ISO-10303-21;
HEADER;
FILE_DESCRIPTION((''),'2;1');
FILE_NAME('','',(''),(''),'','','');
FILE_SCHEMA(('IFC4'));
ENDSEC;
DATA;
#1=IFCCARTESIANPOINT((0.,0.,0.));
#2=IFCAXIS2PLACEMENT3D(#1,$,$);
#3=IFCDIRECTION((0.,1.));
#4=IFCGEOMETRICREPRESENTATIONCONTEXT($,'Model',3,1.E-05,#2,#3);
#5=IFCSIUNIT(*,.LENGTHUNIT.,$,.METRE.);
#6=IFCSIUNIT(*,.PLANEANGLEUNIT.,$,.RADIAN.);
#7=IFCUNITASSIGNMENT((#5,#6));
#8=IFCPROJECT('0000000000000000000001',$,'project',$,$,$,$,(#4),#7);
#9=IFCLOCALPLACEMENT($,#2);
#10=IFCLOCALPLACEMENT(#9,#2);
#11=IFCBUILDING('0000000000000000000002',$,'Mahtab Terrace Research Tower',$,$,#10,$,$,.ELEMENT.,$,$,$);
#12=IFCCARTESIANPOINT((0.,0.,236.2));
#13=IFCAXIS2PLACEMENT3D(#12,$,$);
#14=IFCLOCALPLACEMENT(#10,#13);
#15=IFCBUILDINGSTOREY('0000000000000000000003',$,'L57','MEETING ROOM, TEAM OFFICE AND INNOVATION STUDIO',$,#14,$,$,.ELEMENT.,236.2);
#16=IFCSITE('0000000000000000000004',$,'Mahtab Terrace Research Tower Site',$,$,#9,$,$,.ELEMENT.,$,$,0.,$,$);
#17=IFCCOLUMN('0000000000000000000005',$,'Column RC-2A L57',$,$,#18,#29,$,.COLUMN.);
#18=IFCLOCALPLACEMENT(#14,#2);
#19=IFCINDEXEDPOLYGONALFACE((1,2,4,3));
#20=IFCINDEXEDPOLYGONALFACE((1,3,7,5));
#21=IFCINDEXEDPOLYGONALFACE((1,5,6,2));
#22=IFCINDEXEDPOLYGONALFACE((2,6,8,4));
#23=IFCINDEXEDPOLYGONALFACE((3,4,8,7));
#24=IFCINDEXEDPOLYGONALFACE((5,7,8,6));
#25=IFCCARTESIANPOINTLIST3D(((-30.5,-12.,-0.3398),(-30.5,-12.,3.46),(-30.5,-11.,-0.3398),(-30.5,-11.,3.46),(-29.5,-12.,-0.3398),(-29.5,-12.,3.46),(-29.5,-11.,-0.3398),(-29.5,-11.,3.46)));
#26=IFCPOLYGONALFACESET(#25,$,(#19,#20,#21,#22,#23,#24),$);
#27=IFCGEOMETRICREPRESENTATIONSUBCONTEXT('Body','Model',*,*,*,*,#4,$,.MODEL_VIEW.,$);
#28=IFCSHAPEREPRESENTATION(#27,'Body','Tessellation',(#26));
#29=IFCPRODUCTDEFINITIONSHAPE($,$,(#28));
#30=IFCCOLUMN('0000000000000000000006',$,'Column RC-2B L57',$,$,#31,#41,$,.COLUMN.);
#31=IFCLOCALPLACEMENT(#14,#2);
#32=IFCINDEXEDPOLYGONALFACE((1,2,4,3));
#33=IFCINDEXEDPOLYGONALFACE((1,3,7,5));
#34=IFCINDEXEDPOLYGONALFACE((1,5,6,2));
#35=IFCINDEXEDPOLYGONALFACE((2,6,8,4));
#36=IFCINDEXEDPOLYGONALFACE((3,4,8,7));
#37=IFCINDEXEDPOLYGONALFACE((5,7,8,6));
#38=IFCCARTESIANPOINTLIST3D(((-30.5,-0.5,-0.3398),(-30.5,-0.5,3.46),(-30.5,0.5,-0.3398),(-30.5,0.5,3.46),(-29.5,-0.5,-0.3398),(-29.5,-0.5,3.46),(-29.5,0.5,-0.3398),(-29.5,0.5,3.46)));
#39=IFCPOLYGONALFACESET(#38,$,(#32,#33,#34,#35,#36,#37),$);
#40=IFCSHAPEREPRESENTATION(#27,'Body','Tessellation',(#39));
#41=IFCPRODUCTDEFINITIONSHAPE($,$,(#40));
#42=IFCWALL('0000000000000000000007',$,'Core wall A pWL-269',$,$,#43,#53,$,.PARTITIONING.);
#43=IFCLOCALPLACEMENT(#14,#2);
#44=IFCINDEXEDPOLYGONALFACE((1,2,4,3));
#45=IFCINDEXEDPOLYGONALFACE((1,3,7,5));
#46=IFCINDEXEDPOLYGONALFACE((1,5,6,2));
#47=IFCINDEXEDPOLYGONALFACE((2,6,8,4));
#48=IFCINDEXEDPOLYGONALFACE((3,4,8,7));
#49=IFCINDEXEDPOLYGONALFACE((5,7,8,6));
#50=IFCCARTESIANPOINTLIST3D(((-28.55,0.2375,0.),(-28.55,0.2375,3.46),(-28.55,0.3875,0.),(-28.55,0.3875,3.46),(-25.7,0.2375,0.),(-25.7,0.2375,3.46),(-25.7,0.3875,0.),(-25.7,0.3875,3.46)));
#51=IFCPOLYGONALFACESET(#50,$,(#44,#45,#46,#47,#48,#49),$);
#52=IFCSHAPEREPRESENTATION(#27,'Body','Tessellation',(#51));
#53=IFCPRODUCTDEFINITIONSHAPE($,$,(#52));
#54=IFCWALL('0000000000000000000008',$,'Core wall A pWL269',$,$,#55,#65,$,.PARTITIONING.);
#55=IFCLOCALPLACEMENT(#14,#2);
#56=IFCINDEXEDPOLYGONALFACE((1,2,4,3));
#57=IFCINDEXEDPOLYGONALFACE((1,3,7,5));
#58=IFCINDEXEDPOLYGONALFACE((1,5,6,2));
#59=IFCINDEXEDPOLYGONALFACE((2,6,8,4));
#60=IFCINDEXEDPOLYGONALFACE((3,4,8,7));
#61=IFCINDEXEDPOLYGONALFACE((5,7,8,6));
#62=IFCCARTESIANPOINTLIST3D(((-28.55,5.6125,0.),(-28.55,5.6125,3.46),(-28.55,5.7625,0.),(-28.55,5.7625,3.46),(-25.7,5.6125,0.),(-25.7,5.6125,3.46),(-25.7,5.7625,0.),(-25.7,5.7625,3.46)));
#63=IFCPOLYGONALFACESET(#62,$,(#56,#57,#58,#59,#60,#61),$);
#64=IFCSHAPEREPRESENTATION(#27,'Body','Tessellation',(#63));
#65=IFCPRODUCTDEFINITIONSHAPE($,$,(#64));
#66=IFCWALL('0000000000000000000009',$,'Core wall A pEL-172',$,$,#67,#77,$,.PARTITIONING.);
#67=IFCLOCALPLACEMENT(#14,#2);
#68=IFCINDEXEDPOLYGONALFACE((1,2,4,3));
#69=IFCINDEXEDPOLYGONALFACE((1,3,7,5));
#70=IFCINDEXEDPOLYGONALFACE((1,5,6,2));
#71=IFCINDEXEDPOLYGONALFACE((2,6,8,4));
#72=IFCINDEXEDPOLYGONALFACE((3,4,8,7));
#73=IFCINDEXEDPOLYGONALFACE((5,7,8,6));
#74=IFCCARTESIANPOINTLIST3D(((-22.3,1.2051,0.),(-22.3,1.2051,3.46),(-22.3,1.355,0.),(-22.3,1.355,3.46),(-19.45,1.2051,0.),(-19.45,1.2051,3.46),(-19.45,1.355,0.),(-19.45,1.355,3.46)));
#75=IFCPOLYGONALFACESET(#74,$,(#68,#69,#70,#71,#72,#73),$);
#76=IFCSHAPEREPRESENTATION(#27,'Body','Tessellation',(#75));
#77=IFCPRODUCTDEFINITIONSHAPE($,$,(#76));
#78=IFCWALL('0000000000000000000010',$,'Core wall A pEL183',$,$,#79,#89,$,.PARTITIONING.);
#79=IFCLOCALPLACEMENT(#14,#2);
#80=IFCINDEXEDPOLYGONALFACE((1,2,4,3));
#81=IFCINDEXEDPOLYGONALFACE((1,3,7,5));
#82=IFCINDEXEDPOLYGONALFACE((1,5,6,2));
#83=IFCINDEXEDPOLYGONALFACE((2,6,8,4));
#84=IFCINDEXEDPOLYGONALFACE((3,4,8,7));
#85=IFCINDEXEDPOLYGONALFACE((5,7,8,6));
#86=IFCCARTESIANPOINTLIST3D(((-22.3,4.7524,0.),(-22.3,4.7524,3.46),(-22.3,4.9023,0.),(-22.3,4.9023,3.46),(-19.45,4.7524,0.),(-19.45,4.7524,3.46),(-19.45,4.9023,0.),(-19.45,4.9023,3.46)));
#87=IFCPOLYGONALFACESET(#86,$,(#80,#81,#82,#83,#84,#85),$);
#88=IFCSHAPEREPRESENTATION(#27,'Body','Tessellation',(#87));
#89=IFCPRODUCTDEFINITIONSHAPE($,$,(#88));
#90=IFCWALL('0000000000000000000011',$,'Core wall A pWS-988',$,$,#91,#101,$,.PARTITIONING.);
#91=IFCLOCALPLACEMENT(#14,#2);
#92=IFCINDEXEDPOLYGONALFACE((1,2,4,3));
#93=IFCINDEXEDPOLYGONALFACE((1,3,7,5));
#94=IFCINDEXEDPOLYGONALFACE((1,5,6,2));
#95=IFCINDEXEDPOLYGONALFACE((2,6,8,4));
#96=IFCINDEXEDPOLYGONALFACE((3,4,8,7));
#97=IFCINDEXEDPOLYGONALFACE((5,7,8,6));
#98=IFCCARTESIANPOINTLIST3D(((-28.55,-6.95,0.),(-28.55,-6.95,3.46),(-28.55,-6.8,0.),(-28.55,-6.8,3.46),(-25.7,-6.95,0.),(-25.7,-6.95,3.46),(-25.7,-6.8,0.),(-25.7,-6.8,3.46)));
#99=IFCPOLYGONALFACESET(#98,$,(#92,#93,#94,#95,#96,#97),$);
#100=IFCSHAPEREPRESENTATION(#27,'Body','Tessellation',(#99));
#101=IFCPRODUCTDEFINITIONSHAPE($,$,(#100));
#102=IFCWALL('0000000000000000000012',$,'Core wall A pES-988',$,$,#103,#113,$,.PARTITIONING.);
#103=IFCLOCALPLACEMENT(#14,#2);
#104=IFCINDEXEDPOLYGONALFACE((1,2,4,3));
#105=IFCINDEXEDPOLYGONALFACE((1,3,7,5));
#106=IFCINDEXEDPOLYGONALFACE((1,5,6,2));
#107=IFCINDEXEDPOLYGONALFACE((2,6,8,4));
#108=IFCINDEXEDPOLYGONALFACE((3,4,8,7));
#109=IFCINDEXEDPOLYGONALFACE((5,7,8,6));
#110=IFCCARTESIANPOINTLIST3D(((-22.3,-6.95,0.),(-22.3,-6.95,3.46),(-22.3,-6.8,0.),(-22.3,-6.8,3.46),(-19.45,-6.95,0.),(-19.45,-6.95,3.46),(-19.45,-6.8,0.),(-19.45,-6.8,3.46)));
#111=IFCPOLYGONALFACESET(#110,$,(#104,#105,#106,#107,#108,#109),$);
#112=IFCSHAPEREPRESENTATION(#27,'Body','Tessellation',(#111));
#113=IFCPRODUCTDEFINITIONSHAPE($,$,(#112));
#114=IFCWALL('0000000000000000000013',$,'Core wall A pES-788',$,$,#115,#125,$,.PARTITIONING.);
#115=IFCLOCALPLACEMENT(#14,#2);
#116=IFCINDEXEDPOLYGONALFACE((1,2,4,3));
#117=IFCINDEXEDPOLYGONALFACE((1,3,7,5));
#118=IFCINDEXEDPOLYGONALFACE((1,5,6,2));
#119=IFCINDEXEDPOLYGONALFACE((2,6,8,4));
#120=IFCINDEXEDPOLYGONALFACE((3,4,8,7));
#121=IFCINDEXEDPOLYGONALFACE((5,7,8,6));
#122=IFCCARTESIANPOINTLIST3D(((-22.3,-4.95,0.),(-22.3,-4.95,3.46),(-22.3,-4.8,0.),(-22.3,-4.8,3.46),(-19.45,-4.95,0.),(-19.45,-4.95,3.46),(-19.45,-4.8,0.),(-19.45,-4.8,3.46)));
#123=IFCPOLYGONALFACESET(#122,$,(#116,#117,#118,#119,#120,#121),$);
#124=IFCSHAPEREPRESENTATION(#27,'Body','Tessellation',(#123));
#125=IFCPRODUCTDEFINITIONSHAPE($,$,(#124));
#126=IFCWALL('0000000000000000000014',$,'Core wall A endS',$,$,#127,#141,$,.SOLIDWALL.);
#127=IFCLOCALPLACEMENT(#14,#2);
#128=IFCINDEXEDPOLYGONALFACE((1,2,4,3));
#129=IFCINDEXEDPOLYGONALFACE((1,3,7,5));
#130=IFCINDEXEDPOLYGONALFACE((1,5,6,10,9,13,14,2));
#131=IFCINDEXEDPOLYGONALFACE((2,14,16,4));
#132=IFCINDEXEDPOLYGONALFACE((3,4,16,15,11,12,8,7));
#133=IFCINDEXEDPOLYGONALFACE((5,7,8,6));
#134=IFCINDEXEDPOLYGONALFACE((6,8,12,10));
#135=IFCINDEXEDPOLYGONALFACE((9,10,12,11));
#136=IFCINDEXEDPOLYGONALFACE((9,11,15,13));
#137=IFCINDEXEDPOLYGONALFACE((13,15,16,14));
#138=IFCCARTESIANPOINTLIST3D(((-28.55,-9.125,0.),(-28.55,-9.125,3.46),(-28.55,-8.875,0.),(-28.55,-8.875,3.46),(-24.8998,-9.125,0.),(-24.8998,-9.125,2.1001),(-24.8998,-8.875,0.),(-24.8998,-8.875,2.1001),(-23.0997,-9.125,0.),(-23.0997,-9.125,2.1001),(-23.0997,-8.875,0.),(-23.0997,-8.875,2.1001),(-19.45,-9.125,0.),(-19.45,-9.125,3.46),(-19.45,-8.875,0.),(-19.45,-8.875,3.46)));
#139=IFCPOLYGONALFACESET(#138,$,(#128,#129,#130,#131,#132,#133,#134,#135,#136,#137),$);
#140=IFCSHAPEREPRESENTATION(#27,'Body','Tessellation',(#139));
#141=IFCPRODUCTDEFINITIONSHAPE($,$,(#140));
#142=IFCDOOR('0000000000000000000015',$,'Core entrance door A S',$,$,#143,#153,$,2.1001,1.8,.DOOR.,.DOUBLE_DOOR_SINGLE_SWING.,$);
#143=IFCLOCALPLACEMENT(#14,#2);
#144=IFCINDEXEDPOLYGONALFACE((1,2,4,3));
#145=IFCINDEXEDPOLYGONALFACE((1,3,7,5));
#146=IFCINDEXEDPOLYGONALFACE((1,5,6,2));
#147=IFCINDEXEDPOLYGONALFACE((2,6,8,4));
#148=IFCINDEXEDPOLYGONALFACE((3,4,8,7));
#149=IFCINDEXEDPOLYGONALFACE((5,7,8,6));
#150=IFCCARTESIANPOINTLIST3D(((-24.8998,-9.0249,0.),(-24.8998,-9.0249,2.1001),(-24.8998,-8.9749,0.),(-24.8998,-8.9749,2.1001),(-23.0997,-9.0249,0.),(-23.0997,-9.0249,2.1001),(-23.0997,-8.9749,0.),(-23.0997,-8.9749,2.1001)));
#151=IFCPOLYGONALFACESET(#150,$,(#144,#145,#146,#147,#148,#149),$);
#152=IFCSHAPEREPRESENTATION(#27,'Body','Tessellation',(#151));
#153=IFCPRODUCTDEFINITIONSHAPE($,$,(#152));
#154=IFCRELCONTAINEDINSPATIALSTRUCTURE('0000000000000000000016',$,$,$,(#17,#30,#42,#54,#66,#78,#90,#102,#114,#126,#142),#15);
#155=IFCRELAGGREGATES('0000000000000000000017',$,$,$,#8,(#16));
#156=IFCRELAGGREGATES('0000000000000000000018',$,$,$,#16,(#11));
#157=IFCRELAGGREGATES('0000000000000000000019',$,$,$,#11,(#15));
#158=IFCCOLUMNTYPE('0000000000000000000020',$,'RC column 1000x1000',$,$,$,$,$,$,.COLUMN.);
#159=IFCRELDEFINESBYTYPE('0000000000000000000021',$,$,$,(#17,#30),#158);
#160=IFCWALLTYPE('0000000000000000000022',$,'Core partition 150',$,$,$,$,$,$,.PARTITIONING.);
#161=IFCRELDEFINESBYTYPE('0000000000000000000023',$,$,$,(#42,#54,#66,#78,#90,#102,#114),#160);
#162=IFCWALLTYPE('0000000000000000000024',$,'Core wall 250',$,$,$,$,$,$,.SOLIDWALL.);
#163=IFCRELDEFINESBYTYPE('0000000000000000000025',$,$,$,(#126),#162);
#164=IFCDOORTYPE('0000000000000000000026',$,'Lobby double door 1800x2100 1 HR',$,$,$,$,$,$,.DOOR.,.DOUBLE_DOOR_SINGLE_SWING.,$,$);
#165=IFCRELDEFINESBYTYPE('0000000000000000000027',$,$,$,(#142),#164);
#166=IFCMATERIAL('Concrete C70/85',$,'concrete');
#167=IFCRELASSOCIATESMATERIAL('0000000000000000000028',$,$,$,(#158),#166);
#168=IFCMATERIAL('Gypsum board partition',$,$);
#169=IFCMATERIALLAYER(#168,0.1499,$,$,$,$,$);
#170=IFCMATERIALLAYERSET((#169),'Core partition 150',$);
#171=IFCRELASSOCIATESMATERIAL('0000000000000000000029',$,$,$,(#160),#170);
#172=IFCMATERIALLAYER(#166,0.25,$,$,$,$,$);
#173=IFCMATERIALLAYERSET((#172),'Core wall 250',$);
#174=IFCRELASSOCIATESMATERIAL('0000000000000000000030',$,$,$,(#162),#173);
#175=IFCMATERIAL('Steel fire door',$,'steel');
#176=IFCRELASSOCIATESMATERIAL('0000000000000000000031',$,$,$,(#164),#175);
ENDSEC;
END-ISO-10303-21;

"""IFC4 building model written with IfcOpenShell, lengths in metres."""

from ifc_helpers import new_model, si_unit, direction, frame, frame_2d, origin, origin_2d, place, context, subcontext, project, spatial, rectangle, extrude, material, layer, layer_set, material_profile, profile_set, type_object, element, fill, save


model = new_model("IFC4")

# Units and contexts
model_context = context("Model", 3, precision=1e-05, world=origin(), true_north=direction((0.0, 1.0)))
body_context = subcontext(model_context, "Body", "Model", "MODEL_VIEW")
ifc_project = project(units=[si_unit("LENGTHUNIT", "METRE"), si_unit("PLANEANGLEUNIT", "RADIAN")], contexts=[model_context])

# Site, building, storey
site_placement = place(None, origin())
site = spatial("IfcSite", under=ifc_project, at=site_placement, Name="Mahtab Terrace Research Tower Site", CompositionType="ELEMENT", RefElevation=0.0)
building_placement = place(site_placement, origin())
building = spatial("IfcBuilding", under=site, at=building_placement, Name="Mahtab Terrace Research Tower", CompositionType="ELEMENT")
storey_placement = place(building_placement, frame((0.0, 0.0, 236.2)))
storey = spatial("IfcBuildingStorey", under=building, at=storey_placement, Name="L57", Description="MEETING ROOM, TEAM OFFICE AND INNOVATION STUDIO", CompositionType="ELEMENT", Elevation=236.2)

# Columns
ifc_material_1 = material(Name="Concrete C70/85", Category="concrete")
ifc_material_profile = material_profile(ifc_material_1, rectangle(XDim=1.0, YDim=1.0, at=origin_2d()), Name="RC column 1000x1000")
ifc_profile_set = profile_set([ifc_material_profile], Name="Concrete C70/85")
column_type = type_object("IfcColumnType", Name="RC column 1000x1000", PredefinedType="COLUMN", material=ifc_profile_set)
for number, where, z_axis, x_axis, name in (
    (1, (-30.0, -11.5, -0.3398), (0.0, 0.0, 1.0), (1.0, 0.0, 0.0), "Column RC-2A L57"),
    (2, (-30.0, 0.0, -0.3398), (0.0, 0.0, 1.0), (1.0, 0.0, 0.0), "Column RC-2B L57"),
):
    element("IfcColumn", number, at=place(storey_placement, frame(where, z_axis=z_axis, x_axis=x_axis)), inside=storey, type_object=column_type, Name=name, PredefinedType="COLUMN", context=body_context, shape_type="SweptSolid", body=[
        extrude(rectangle(XDim=1.0, YDim=1.0, at=origin_2d()), origin(), (0.0, 0.0, 1.0), 3.7998),
    ])

# Walls
ifc_material_2 = material(Name="Gypsum board partition")
ifc_layer_1 = layer(ifc_material_2, 0.1499)
ifc_layer_set_1 = layer_set([ifc_layer_1], Name="Core partition 150")
wall_type_1 = type_object("IfcWallType", Name="Core partition 150", PredefinedType="PARTITIONING", material=ifc_layer_set_1)
for number, where, z_axis, x_axis, name in (
    (3, (-28.55, 0.3125, 0.0), (0.0, 0.0, 1.0), (1.0, 0.0, 0.0), "Core wall A pWL-269"),
    (4, (-28.55, 5.6875, 0.0), (0.0, 0.0, 1.0), (1.0, 0.0, 0.0), "Core wall A pWL269"),
    (5, (-22.3, 1.28, 0.0), (0.0, 0.0, 1.0), (1.0, 0.0, 0.0), "Core wall A pEL-172"),
    (6, (-22.3, 4.8274, 0.0), (0.0, 0.0, 1.0), (1.0, 0.0, 0.0), "Core wall A pEL183"),
    (7, (-28.55, -6.875, 0.0), (0.0, 0.0, 1.0), (1.0, 0.0, 0.0), "Core wall A pWS-988"),
    (8, (-22.3, -6.875, 0.0), (0.0, 0.0, 1.0), (1.0, 0.0, 0.0), "Core wall A pES-988"),
    (9, (-22.3, -4.875, 0.0), (0.0, 0.0, 1.0), (1.0, 0.0, 0.0), "Core wall A pES-788"),
):
    element("IfcWall", number, at=place(storey_placement, frame(where, z_axis=z_axis, x_axis=x_axis)), inside=storey, type_object=wall_type_1, Name=name, PredefinedType="PARTITIONING", context=body_context, shape_type="SweptSolid", body=[
        extrude(rectangle(XDim=2.8501, YDim=0.1499, at=frame_2d((1.425, 0.0))), origin(), (0.0, 0.0, 1.0), 3.46),
    ])

# Wall, opening, door
ifc_layer_2 = layer(ifc_material_1, 0.25)
ifc_layer_set_2 = layer_set([ifc_layer_2], Name="Core wall 250")
wall_type_2 = type_object("IfcWallType", Name="Core wall 250", PredefinedType="SOLIDWALL", material=ifc_layer_set_2)
wall_1_placement = place(storey_placement, frame((-19.45, -9.0, 0.0), z_axis=(0.0, 0.0, 1.0), x_axis=(-1.0, 0.0, 0.0)))
wall_1 = element("IfcWall", 10, at=wall_1_placement, inside=storey, type_object=wall_type_2, Name="Core wall A endS", PredefinedType="SOLIDWALL", context=body_context, shape_type="SweptSolid", body=[
    extrude(rectangle(XDim=9.1001, YDim=0.25, at=frame_2d((4.55, 0.0))), origin(), (0.0, 0.0, 1.0), 3.46),
])
opening_1_placement = place(wall_1_placement, frame((3.6499, 0.0, 0.0)))
opening_1 = element("IfcOpeningElement", 11, at=opening_1_placement, cuts=wall_1, PredefinedType="OPENING", context=body_context, shape_type="SweptSolid", body=[
    extrude(rectangle(XDim=1.8, YDim=2.1001, at=frame_2d((0.8999, 1.05))), frame((0.0, 0.135, 0.0), z_axis=(0.0, -1.0, 0.0), x_axis=(1.0, 0.0, 0.0)), (0.0, 0.0, 1.0), 0.27),
])
ifc_material_3 = material(Name="Steel fire door", Category="steel")
door_type_1 = type_object("IfcDoorType", Name="Lobby double door 1800x2100 1 HR", OperationType="DOUBLE_DOOR_SINGLE_SWING", PredefinedType="DOOR", material=ifc_material_3)
door_1_placement = place(opening_1_placement, origin())
door_1 = element("IfcDoor", 12, at=door_1_placement, inside=storey, type_object=door_type_1, Name="Core entrance door A S", OperationType="DOUBLE_DOOR_SINGLE_SWING", OverallHeight=2.1001, OverallWidth=1.8, PredefinedType="DOOR", context=body_context, shape_type="SweptSolid", body=[
    extrude(rectangle(XDim=1.8, YDim=2.1001, at=frame_2d((0.8999, 1.05))), frame((0.0, 0.0249, 0.0), z_axis=(0.0, -1.0, 0.0), x_axis=(1.0, 0.0, 0.0)), (0.0, 0.0, 1.0), 0.05),
])
fill(opening_1, door_1)

save(model, "model.ifc")
